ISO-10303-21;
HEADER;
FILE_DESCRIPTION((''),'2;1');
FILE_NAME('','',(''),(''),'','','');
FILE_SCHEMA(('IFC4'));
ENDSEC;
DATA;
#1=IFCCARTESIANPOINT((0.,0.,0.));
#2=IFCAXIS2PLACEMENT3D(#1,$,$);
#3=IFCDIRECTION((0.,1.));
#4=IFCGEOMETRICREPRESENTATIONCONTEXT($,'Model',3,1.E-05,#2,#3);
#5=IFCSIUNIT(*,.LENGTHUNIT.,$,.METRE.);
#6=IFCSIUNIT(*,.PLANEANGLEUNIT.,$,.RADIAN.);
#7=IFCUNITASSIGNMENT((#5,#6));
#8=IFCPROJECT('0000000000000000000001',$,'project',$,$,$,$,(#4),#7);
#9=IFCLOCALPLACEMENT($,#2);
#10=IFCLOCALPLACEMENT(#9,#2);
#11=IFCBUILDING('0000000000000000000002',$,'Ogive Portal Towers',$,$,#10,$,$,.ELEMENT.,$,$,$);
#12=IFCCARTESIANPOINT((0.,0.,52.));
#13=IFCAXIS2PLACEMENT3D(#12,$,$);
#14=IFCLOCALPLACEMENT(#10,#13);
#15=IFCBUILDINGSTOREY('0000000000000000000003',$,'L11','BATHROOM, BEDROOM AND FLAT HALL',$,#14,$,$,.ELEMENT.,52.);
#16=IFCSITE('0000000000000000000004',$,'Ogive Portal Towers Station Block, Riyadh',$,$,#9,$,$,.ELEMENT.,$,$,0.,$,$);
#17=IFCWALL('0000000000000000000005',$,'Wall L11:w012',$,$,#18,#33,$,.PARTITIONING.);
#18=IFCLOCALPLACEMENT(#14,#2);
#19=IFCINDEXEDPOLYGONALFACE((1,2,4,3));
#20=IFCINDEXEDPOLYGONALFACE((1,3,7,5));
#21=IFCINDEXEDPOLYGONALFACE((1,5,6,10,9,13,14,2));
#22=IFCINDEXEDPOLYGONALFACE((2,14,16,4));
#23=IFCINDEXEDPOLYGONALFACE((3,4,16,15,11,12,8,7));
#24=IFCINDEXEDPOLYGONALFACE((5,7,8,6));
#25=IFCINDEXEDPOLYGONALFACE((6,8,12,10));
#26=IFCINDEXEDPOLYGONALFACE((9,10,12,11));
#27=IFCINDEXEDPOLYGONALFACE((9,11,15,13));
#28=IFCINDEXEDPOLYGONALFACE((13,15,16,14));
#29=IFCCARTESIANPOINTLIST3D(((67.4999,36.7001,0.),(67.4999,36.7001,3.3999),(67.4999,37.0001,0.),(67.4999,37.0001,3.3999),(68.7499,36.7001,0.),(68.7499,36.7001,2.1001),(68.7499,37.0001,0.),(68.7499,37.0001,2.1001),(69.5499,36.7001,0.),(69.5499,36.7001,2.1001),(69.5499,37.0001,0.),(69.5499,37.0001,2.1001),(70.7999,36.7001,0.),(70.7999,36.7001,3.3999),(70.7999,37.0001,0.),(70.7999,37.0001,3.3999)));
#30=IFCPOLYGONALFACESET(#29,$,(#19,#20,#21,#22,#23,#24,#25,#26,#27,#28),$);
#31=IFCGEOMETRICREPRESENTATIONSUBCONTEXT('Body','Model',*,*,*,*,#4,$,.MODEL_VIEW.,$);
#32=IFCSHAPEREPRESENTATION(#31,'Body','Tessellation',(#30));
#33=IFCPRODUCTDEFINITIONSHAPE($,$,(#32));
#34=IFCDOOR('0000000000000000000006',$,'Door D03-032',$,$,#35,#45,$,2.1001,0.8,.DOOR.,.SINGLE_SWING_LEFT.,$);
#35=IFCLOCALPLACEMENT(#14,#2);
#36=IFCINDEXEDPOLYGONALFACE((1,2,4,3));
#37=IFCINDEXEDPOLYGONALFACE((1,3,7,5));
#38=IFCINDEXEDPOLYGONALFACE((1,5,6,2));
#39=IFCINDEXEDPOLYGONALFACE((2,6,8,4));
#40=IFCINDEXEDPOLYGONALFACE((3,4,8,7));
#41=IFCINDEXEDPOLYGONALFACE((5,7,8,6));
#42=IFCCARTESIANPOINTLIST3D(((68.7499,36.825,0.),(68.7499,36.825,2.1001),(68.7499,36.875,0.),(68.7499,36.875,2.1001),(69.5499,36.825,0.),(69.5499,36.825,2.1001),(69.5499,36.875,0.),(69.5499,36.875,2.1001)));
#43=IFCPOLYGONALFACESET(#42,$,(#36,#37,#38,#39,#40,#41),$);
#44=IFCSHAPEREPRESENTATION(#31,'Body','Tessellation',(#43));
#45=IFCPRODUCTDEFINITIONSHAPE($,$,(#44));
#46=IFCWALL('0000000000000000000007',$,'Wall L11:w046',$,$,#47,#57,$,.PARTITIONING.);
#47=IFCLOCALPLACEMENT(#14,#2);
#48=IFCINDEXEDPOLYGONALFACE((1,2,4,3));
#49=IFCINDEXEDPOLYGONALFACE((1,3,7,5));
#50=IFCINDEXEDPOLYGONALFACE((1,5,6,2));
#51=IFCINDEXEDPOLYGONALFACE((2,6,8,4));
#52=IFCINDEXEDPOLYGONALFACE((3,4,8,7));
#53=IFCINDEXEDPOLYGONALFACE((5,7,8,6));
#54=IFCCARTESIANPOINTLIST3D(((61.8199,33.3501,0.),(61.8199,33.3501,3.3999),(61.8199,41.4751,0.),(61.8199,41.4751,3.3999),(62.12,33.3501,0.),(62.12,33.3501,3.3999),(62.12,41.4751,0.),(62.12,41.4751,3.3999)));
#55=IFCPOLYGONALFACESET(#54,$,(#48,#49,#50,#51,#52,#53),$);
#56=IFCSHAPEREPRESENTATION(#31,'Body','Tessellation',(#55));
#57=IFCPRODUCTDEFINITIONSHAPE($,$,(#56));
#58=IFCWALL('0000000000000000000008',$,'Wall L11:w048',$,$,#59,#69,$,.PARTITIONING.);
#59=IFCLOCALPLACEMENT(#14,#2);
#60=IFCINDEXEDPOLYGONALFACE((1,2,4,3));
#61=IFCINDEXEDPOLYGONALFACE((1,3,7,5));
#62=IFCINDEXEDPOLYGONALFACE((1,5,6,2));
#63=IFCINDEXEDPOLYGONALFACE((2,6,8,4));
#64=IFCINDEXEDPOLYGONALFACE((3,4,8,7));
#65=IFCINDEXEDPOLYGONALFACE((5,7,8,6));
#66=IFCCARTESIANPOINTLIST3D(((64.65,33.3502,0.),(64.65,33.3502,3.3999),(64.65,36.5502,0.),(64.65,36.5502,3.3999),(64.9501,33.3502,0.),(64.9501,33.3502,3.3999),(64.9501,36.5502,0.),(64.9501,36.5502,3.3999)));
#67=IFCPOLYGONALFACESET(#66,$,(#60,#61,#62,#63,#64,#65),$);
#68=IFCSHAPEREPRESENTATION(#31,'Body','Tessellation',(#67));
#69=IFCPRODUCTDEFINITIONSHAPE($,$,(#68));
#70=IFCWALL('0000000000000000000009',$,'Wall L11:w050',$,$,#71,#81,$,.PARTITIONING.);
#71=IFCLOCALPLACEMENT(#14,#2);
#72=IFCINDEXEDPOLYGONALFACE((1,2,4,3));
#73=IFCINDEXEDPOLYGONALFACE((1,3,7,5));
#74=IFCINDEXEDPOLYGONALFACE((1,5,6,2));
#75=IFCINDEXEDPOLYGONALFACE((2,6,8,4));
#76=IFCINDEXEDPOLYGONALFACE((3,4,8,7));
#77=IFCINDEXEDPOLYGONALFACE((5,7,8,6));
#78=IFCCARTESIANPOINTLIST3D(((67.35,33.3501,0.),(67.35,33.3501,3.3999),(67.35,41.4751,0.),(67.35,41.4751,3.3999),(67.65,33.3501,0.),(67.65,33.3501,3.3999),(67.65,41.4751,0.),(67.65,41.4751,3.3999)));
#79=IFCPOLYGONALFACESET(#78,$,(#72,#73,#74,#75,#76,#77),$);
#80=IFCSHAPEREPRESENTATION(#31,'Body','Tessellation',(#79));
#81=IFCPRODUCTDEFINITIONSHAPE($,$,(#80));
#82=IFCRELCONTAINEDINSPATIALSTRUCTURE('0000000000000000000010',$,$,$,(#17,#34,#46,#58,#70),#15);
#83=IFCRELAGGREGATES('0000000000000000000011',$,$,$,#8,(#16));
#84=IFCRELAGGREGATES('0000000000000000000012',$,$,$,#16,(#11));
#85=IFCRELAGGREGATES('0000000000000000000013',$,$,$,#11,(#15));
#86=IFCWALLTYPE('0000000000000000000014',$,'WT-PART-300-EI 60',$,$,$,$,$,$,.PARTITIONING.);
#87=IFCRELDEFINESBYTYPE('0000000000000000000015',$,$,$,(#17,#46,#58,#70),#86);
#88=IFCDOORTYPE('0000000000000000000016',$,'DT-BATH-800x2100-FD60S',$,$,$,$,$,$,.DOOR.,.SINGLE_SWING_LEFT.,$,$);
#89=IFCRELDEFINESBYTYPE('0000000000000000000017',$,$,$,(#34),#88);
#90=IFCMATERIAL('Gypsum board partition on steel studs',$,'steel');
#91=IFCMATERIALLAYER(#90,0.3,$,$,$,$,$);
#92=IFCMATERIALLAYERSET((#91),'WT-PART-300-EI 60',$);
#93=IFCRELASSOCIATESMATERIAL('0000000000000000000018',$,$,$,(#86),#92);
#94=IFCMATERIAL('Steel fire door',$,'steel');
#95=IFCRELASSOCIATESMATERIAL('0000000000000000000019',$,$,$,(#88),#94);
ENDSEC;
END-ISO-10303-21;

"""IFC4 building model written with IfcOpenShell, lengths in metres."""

from ifc_helpers import new_model, si_unit, direction, frame, frame_2d, origin, place, context, subcontext, project, spatial, rectangle, extrude, material, layer, layer_set, type_object, element, fill, save


model = new_model("IFC4")

# Units and contexts
model_context = context("Model", 3, precision=1e-05, world=origin(), true_north=direction((0.0, 1.0)))
body_context = subcontext(model_context, "Body", "Model", "MODEL_VIEW")
ifc_project = project(units=[si_unit("LENGTHUNIT", "METRE"), si_unit("PLANEANGLEUNIT", "RADIAN")], contexts=[model_context])

# Site, building, storey
site_placement = place(None, origin())
site = spatial("IfcSite", under=ifc_project, at=site_placement, Name="Ogive Portal Towers Station Block, Riyadh", CompositionType="ELEMENT", RefElevation=0.0)
building_placement = place(site_placement, origin())
building = spatial("IfcBuilding", under=site, at=building_placement, Name="Ogive Portal Towers", CompositionType="ELEMENT")
storey_placement = place(building_placement, frame((0.0, 0.0, 52.0)))
storey = spatial("IfcBuildingStorey", under=building, at=storey_placement, Name="L11", Description="BATHROOM, BEDROOM AND FLAT HALL", CompositionType="ELEMENT", Elevation=52.0)

# Shared definitions
ifc_material_1 = material(Name="Gypsum board partition on steel studs", Category="steel")
ifc_material_2 = material(Name="Steel fire door", Category="steel")

# Wall, opening, door
ifc_layer_1 = layer(ifc_material_1, 0.3)
ifc_layer_set_1 = layer_set([ifc_layer_1], Name="WT-PART-300-EI 60")
wall_type_1 = type_object("IfcWallType", Name="WT-PART-300-EI 60", PredefinedType="PARTITIONING", material=ifc_layer_set_1)
door_type_1 = type_object("IfcDoorType", Name="DT-BATH-800x2100-FD60S", OperationType="SINGLE_SWING_LEFT", PredefinedType="DOOR", material=ifc_material_2)
wall_1_placement = place(storey_placement, frame((67.5, 36.8501, 0.0), z_axis=(0.0, 0.0, 1.0), x_axis=(1.0, 0.0, 0.0)))
wall_1 = element("IfcWall", 1, at=wall_1_placement, inside=storey, type_object=wall_type_1, Name="Wall L11:w012", PredefinedType="PARTITIONING", context=body_context, shape_type="SweptSolid", body=[
    extrude(rectangle(XDim=3.3, YDim=0.3, at=frame_2d((1.6499, 0.0))), origin(), (0.0, 0.0, 1.0), 3.3999),
])
opening_1_placement = place(wall_1_placement, frame((1.25, 0.0, 0.0)))
opening_1 = element("IfcOpeningElement", 2, at=opening_1_placement, cuts=wall_1, PredefinedType="OPENING", context=body_context, shape_type="SweptSolid", body=[
    extrude(rectangle(XDim=0.8, YDim=2.1001, at=frame_2d((0.3999, 1.05))), frame((0.0, 0.1602, 0.0), z_axis=(0.0, -1.0, 0.0), x_axis=(1.0, 0.0, 0.0)), (0.0, 0.0, 1.0), 0.3201),
])
door_1_placement = place(opening_1_placement, origin())
door_1 = element("IfcDoor", 3, at=door_1_placement, inside=storey, type_object=door_type_1, Name="Door D03-032", OperationType="SINGLE_SWING_LEFT", OverallHeight=2.1001, OverallWidth=0.8, PredefinedType="DOOR", context=body_context, shape_type="SweptSolid", body=[
    extrude(rectangle(XDim=0.8, YDim=2.1001, at=frame_2d((0.3999, 1.05))), frame((0.0, 0.0249, 0.0), z_axis=(0.0, -1.0, 0.0), x_axis=(1.0, 0.0, 0.0)), (0.0, 0.0, 1.0), 0.05),
])
fill(opening_1, door_1)

# Walls
wall_2_placement = place(storey_placement, frame((61.97, 33.3501, 0.0), z_axis=(0.0, 0.0, 1.0), x_axis=(0.0, 1.0, 0.0)))
element("IfcWall", 4, at=wall_2_placement, inside=storey, type_object=wall_type_1, Name="Wall L11:w046", PredefinedType="PARTITIONING", context=body_context, shape_type="SweptSolid", body=[
    extrude(rectangle(XDim=8.125, YDim=0.3, at=frame_2d((4.0625, 0.0))), origin(), (0.0, 0.0, 1.0), 3.3999),
])
wall_3_placement = place(storey_placement, frame((64.8, 33.3501, 0.0), z_axis=(0.0, 0.0, 1.0), x_axis=(0.0, 1.0, 0.0)))
element("IfcWall", 5, at=wall_3_placement, inside=storey, type_object=wall_type_1, Name="Wall L11:w048", PredefinedType="PARTITIONING", context=body_context, shape_type="SweptSolid", body=[
    extrude(rectangle(XDim=3.2, YDim=0.3, at=frame_2d((1.6001, 0.0))), origin(), (0.0, 0.0, 1.0), 3.3999),
])
wall_4_placement = place(storey_placement, frame((67.5, 33.3501, 0.0), z_axis=(0.0, 0.0, 1.0), x_axis=(0.0, 1.0, 0.0)))
element("IfcWall", 6, at=wall_4_placement, inside=storey, type_object=wall_type_1, Name="Wall L11:w050", PredefinedType="PARTITIONING", context=body_context, shape_type="SweptSolid", body=[
    extrude(rectangle(XDim=8.125, YDim=0.3, at=frame_2d((4.0625, 0.0))), origin(), (0.0, 0.0, 1.0), 3.3999),
])

save(model, "model.ifc")
